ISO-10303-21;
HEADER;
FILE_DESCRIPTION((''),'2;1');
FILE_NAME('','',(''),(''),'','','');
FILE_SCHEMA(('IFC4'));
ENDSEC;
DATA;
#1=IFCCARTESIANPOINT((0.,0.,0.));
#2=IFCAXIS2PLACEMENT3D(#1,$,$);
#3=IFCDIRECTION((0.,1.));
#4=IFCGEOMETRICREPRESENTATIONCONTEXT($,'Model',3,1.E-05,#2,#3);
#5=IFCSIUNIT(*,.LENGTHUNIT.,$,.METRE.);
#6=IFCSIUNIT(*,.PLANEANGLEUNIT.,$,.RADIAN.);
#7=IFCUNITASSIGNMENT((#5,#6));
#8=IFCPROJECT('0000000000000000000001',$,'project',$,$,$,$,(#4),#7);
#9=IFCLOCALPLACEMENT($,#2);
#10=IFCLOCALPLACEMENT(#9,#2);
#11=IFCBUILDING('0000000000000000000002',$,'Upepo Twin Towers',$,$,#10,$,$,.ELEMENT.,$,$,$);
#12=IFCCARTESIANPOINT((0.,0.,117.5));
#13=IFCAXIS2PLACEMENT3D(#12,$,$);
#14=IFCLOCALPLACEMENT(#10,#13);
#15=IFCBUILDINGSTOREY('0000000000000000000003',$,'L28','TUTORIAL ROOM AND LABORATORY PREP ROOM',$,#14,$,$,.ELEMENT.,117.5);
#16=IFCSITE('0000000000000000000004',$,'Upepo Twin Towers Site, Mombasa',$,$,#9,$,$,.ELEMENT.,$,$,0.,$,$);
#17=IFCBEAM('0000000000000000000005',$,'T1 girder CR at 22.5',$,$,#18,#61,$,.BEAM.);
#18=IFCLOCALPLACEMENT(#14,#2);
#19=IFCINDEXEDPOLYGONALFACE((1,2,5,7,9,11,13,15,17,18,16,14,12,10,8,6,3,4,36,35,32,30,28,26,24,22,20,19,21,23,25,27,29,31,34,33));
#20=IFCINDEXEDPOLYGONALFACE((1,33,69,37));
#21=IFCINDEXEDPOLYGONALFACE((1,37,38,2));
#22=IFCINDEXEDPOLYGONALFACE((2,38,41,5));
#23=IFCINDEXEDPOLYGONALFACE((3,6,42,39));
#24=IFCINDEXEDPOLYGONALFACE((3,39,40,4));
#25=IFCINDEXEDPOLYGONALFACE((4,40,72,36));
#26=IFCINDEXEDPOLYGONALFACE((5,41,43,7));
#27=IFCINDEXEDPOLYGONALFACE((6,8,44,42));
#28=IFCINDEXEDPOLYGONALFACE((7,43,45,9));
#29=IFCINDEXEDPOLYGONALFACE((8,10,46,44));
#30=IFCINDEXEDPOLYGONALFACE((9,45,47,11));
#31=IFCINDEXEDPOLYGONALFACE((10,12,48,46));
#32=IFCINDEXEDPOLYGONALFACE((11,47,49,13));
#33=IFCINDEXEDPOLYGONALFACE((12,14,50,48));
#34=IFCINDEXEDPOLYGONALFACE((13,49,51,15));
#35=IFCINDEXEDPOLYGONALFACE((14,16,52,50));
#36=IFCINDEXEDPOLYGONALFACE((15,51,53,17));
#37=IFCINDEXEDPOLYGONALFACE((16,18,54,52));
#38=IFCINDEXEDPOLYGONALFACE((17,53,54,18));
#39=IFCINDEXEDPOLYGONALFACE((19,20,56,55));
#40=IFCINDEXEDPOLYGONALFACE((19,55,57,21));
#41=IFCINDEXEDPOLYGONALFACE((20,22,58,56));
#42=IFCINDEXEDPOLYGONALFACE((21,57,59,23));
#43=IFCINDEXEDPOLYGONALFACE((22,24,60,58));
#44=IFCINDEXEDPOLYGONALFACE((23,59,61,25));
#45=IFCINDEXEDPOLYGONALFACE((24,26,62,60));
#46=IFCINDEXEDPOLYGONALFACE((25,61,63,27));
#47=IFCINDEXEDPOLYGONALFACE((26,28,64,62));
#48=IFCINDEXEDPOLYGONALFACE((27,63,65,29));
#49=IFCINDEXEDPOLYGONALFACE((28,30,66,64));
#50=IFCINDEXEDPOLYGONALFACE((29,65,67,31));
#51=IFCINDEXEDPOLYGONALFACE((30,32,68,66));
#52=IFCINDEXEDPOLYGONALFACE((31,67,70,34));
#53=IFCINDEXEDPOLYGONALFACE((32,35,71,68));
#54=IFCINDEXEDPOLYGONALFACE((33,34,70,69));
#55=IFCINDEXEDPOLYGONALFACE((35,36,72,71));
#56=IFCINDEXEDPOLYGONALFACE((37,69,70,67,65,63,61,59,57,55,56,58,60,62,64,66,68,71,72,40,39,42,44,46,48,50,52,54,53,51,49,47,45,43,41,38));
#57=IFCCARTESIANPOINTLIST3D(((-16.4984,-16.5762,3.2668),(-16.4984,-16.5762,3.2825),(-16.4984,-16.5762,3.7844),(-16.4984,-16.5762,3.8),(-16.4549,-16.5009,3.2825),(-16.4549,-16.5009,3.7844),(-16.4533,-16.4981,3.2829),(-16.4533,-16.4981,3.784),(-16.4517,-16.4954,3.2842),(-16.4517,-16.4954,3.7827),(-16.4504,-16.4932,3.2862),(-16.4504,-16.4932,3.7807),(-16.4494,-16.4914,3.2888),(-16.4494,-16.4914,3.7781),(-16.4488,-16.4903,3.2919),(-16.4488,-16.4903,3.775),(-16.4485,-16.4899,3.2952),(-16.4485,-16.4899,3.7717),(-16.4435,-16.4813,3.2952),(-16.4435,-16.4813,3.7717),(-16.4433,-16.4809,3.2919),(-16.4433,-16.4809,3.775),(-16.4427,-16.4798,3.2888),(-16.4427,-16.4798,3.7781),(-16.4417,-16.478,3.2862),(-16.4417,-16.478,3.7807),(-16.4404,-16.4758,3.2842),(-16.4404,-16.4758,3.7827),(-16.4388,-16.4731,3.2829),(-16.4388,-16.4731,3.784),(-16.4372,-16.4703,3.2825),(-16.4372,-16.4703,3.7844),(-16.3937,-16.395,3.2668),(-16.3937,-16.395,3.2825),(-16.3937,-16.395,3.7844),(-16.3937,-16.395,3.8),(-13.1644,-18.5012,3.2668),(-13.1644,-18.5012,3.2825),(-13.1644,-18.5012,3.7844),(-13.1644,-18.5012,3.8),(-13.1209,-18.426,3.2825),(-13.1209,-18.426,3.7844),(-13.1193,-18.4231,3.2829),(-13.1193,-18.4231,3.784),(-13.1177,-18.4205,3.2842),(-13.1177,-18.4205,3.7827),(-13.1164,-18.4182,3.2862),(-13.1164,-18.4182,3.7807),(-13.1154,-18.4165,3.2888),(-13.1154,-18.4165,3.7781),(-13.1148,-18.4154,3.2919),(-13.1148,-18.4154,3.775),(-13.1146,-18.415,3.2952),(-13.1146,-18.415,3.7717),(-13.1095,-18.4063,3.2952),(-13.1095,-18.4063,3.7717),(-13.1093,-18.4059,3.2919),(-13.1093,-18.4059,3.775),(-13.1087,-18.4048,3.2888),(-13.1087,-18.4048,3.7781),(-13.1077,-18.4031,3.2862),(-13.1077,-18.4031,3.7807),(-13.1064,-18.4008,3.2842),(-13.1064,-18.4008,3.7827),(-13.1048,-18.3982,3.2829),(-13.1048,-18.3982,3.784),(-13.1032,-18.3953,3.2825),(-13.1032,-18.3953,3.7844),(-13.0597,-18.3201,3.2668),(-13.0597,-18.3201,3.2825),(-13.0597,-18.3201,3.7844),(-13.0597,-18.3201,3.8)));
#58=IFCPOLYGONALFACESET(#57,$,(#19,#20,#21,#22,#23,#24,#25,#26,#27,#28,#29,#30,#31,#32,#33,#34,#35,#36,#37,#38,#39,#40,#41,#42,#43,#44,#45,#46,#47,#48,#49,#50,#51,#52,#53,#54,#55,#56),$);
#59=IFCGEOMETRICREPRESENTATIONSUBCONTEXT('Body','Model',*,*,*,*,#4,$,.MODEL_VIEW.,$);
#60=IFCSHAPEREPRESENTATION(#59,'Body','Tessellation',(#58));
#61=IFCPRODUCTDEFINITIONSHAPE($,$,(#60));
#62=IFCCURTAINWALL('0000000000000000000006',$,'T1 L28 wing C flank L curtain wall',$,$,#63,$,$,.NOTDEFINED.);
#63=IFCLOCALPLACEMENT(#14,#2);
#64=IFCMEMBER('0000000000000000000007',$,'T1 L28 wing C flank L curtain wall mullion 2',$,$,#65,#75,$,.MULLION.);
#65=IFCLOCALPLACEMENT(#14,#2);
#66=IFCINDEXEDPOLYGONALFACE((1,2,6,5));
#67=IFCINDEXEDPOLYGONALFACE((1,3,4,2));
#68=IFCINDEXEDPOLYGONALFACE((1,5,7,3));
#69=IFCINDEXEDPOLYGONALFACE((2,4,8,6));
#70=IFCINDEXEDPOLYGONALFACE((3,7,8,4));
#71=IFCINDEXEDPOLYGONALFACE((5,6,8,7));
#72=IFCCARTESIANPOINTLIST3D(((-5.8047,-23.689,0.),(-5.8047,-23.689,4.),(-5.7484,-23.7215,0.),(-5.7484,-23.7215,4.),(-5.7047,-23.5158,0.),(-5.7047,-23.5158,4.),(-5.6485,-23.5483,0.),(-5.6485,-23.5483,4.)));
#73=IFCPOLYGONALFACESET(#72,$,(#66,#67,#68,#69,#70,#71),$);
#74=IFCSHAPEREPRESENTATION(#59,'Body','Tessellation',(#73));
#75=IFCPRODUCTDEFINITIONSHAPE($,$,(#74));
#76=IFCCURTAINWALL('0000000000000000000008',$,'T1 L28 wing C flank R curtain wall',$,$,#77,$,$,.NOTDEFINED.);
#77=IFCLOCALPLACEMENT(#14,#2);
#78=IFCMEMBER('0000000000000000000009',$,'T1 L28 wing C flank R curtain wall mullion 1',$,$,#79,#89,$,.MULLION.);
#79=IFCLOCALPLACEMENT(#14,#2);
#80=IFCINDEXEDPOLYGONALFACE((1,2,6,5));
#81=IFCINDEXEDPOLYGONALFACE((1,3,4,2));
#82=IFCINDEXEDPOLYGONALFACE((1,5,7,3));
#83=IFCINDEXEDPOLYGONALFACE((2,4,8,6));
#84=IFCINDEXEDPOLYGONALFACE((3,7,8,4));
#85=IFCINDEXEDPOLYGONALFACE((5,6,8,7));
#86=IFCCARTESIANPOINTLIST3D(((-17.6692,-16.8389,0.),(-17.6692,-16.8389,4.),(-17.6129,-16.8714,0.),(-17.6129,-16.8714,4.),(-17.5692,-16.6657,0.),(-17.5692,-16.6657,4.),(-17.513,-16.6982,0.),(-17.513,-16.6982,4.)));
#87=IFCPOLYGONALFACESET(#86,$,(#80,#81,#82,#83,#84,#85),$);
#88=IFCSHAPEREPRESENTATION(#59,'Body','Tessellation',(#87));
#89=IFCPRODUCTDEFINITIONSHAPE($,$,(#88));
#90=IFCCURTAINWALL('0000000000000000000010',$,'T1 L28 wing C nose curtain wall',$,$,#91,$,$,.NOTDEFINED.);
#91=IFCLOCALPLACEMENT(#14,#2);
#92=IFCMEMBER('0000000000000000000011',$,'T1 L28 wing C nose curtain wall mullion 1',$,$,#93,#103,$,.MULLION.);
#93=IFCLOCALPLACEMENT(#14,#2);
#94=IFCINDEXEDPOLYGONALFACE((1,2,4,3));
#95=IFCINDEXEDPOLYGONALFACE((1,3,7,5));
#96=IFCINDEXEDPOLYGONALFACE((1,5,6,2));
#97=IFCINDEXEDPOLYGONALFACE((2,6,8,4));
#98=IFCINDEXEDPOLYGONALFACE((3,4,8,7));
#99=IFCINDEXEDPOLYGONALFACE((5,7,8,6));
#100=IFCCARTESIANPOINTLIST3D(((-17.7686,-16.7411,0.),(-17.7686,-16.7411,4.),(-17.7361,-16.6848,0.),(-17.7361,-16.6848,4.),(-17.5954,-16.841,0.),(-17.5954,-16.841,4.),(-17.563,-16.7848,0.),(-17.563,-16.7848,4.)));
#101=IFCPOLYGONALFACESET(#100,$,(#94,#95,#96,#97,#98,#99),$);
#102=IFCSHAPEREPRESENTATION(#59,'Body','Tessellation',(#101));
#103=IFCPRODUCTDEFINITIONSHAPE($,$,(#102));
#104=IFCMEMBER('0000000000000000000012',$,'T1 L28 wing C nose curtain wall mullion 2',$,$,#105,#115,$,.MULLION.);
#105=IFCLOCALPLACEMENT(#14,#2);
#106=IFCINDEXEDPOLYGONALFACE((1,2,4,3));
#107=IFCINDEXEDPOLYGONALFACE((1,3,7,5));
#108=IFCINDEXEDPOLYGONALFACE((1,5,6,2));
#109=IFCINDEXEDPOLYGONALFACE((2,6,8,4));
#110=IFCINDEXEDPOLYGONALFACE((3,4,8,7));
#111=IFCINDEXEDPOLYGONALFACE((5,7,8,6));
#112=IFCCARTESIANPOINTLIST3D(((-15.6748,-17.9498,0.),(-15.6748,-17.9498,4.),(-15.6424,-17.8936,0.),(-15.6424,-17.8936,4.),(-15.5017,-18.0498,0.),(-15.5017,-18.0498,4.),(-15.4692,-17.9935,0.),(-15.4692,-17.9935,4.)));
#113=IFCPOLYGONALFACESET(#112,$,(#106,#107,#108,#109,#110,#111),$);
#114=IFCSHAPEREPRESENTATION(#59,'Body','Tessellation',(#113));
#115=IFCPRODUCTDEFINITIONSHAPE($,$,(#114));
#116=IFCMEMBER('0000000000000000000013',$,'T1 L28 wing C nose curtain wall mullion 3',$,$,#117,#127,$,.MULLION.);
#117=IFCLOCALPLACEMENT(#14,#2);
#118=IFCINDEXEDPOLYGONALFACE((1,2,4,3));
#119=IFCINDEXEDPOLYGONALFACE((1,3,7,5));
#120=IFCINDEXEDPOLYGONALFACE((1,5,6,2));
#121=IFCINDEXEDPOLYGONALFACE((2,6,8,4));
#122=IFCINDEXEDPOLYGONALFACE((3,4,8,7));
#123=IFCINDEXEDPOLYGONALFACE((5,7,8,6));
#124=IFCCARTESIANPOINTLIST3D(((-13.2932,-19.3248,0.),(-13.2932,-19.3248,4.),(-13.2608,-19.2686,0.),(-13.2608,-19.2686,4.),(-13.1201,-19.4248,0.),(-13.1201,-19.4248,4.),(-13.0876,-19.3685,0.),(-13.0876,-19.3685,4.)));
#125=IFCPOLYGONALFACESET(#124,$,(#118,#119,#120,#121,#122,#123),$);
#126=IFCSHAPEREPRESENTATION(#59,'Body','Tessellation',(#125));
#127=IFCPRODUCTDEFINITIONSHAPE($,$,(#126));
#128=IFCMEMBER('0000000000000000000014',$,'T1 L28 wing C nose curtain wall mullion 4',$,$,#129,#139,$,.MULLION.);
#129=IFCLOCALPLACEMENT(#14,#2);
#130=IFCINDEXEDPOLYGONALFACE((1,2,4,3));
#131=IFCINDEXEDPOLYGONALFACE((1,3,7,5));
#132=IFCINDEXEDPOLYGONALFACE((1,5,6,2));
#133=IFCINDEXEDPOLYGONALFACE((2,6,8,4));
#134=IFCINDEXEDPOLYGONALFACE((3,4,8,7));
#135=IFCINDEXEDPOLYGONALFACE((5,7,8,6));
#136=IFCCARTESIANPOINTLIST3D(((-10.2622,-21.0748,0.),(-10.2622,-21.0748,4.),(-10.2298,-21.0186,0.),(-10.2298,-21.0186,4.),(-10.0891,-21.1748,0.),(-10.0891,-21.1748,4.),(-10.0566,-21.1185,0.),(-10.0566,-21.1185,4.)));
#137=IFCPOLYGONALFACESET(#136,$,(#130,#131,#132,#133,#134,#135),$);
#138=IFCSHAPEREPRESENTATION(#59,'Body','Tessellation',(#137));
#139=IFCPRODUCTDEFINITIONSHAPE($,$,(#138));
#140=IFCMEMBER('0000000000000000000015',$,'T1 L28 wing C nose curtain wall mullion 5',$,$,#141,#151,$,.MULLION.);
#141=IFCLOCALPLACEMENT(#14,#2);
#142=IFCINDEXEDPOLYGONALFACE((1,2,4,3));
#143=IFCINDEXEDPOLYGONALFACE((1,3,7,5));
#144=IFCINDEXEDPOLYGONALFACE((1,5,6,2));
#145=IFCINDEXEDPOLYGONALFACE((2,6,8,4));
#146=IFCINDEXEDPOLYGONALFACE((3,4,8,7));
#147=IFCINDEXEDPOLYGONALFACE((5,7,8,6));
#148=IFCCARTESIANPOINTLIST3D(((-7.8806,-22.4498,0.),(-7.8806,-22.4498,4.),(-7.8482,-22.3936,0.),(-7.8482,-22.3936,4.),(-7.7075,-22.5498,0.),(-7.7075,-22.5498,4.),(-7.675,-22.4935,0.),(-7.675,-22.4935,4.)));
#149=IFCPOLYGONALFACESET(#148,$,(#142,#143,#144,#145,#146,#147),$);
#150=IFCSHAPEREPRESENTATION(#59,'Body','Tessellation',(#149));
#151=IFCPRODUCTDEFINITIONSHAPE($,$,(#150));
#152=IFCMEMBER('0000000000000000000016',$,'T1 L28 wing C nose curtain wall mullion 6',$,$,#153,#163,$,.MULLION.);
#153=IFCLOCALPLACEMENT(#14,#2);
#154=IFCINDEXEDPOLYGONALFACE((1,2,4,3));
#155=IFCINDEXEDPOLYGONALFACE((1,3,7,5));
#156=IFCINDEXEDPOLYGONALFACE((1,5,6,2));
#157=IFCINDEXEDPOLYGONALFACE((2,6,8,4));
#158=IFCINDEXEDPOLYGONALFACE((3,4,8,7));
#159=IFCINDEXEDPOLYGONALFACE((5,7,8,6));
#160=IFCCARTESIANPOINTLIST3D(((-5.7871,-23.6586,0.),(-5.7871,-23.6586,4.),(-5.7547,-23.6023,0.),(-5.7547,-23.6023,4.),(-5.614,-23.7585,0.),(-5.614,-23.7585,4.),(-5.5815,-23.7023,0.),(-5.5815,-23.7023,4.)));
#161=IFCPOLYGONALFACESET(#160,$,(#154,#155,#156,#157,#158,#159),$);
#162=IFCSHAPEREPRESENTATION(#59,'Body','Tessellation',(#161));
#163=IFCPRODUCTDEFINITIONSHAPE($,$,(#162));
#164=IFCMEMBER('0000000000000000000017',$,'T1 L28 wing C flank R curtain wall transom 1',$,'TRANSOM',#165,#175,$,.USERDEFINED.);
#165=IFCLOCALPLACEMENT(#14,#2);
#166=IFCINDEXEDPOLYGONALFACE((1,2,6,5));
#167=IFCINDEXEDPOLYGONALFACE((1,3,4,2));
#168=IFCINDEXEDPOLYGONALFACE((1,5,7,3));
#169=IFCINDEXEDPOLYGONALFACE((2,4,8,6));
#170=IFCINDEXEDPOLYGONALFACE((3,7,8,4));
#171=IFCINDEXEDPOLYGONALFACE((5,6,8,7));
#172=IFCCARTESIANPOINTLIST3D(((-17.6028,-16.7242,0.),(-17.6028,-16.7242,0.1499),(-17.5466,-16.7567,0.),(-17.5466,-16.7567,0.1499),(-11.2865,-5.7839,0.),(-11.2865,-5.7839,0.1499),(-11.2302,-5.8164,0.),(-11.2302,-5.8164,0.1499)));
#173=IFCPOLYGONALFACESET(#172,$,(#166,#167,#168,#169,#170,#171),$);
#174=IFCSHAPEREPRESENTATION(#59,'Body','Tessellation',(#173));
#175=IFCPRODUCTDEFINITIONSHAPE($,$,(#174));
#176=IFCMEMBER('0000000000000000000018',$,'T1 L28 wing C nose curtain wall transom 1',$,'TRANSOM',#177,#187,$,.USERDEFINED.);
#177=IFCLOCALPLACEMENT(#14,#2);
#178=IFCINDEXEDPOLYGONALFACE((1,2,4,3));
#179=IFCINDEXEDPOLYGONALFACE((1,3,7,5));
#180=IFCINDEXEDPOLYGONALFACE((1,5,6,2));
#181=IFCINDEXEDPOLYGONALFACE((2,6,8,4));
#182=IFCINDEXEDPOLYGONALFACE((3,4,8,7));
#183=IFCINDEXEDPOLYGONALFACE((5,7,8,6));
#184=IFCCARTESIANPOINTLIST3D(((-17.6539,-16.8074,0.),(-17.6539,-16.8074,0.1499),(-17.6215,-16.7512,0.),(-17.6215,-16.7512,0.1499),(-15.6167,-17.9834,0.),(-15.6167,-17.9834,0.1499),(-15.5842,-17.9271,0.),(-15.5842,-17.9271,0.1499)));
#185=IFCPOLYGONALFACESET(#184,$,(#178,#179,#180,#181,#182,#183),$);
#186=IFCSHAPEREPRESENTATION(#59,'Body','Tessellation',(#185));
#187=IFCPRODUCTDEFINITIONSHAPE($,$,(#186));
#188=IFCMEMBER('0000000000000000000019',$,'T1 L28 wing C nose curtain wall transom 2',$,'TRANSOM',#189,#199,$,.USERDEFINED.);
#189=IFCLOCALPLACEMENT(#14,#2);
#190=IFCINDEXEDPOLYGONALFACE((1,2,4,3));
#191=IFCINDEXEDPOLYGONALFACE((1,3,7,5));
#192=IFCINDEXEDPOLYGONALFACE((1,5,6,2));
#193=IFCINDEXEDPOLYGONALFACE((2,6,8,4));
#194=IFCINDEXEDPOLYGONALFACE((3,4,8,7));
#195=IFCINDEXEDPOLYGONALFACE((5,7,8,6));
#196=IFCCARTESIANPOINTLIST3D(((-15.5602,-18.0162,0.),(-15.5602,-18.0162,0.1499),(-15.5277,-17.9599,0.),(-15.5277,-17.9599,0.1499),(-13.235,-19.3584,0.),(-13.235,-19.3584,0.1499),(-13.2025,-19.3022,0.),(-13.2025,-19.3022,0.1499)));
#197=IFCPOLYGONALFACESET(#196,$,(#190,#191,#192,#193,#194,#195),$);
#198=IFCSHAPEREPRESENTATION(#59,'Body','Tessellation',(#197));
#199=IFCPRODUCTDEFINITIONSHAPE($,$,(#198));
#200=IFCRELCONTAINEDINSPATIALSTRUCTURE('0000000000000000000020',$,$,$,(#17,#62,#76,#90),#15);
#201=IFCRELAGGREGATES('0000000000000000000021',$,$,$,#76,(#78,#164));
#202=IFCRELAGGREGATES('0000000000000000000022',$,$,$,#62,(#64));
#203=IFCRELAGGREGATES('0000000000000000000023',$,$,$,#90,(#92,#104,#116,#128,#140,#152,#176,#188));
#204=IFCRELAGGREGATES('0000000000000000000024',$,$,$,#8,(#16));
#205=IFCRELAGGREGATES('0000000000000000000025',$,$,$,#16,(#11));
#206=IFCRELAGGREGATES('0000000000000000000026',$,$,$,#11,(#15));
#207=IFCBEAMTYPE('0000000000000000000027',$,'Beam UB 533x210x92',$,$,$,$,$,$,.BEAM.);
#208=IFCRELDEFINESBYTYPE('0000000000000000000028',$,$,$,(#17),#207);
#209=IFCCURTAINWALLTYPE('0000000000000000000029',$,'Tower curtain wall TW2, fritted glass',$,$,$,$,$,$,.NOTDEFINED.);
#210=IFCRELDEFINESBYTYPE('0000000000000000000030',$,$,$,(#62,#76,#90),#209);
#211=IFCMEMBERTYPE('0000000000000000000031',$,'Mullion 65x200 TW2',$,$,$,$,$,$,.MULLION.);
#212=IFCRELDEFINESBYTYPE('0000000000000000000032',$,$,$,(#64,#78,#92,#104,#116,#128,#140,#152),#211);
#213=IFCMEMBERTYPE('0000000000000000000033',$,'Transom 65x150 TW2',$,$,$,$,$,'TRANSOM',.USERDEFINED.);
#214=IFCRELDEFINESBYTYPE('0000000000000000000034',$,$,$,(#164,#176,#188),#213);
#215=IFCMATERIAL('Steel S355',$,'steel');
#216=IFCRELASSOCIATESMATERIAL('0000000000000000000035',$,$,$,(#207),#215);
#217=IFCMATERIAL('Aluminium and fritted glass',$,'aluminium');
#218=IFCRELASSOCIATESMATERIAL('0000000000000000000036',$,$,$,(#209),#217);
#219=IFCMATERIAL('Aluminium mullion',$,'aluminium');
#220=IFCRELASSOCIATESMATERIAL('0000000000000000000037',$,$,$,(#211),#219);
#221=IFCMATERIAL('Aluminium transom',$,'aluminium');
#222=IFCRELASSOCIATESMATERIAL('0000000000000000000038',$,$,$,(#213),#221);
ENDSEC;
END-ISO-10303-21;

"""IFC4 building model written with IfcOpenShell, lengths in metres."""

from ifc_helpers import new_model, si_unit, direction, frame, origin, origin_2d, place, context, subcontext, project, spatial, rectangle, i_section, extrude, material, material_profile, profile_set, type_object, element, aggregate, save


model = new_model("IFC4")

# Units and contexts
model_context = context("Model", 3, precision=1e-05, world=origin(), true_north=direction((0.0, 1.0)))
body_context = subcontext(model_context, "Body", "Model", "MODEL_VIEW")
ifc_project = project(units=[si_unit("LENGTHUNIT", "METRE"), si_unit("PLANEANGLEUNIT", "RADIAN")], contexts=[model_context])

# Site, building, storey
site_placement = place(None, origin())
site = spatial("IfcSite", under=ifc_project, at=site_placement, Name="Upepo Twin Towers Site, Mombasa", CompositionType="ELEMENT", RefElevation=0.0)
building_placement = place(site_placement, origin())
building = spatial("IfcBuilding", under=site, at=building_placement, Name="Upepo Twin Towers", CompositionType="ELEMENT")
storey_placement = place(building_placement, frame((0.0, 0.0, 117.5)))
storey = spatial("IfcBuildingStorey", under=building, at=storey_placement, Name="L28", Description="TUTORIAL ROOM AND LABORATORY PREP ROOM", CompositionType="ELEMENT", Elevation=117.5)

# Beam
ifc_material_1 = material(Name="Steel S355", Category="steel")
ifc_material_profile_1 = material_profile(ifc_material_1, i_section(OverallWidth=0.2092, OverallDepth=0.5332, WebThickness=0.01, FlangeThickness=0.0156, FilletRadius=0.0127, at=origin_2d()), Name="UB 533x210x92")
ifc_profile_set_1 = profile_set([ifc_material_profile_1], Name="Steel S355")
beam_type_1 = type_object("IfcBeamType", Name="Beam UB 533x210x92", PredefinedType="BEAM", material=ifc_profile_set_1)
for number, where, z_axis, x_axis, name in (
    (1, (-16.446, -16.4856, 3.5334), (0.866006, -0.500034, 0.0), (0.500034, 0.866006, 0.0), "T1 girder CR at 22.5"),
):
    element("IfcBeam", number, at=place(storey_placement, frame(where, z_axis=z_axis, x_axis=x_axis)), inside=storey, type_object=beam_type_1, Name=name, PredefinedType="BEAM", context=body_context, shape_type="SweptSolid", body=[
        extrude(i_section(OverallWidth=0.2092, OverallDepth=0.5332, WebThickness=0.01, FlangeThickness=0.0156, FilletRadius=0.0127, at=origin_2d()), origin(), (0.0, 0.0, 1.0), 3.8499),
    ])

# Curtain walls, members
ifc_material_2 = material(Name="Aluminium and fritted glass", Category="aluminium")
curtain_wall_type = type_object("IfcCurtainWallType", Name="Tower curtain wall TW2, fritted glass", PredefinedType="NOTDEFINED", material=ifc_material_2)
curtain_wall_1_placement = place(storey_placement, origin())
curtain_wall_1 = element("IfcCurtainWall", 2, at=curtain_wall_1_placement, inside=storey, type_object=curtain_wall_type, Name="T1 L28 wing C flank L curtain wall", PredefinedType="NOTDEFINED")
ifc_material_3 = material(Name="Aluminium mullion", Category="aluminium")
ifc_material_profile_2 = material_profile(ifc_material_3, rectangle(XDim=0.0649, YDim=0.2, at=origin_2d()), Name="MULLION 65x200")
ifc_profile_set_2 = profile_set([ifc_material_profile_2], Name="Aluminium mullion")
member_type_1 = type_object("IfcMemberType", Name="Mullion 65x200 TW2", PredefinedType="MULLION", material=ifc_profile_set_2)
member_1_placement = place(storey_placement, frame((-5.7266, -23.6187, 0.0), z_axis=(0.0, 0.0, 1.0), x_axis=(0.866025, -0.5, 0.0)))
member_1 = element("IfcMember", 3, at=member_1_placement, type_object=member_type_1, Name="T1 L28 wing C flank L curtain wall mullion 2", PredefinedType="MULLION", context=body_context, shape_type="SweptSolid", body=[
    extrude(rectangle(XDim=0.0649, YDim=0.2, at=origin_2d()), origin(), (0.0, 0.0, 1.0), 4.0),
])
curtain_wall_2_placement = place(storey_placement, origin())
curtain_wall_2 = element("IfcCurtainWall", 4, at=curtain_wall_2_placement, inside=storey, type_object=curtain_wall_type, Name="T1 L28 wing C flank R curtain wall", PredefinedType="NOTDEFINED")
member_2_placement = place(storey_placement, frame((-17.5911, -16.7686, 0.0), z_axis=(0.0, 0.0, 1.0), x_axis=(-0.866025, 0.5, 0.0)))
member_2 = element("IfcMember", 5, at=member_2_placement, type_object=member_type_1, Name="T1 L28 wing C flank R curtain wall mullion 1", PredefinedType="MULLION", context=body_context, shape_type="SweptSolid", body=[
    extrude(rectangle(XDim=0.0649, YDim=0.2, at=origin_2d()), origin(), (0.0, 0.0, 1.0), 4.0),
])

# Curtain wall, members
curtain_wall_3_placement = place(storey_placement, origin())
curtain_wall_3 = element("IfcCurtainWall", 6, at=curtain_wall_3_placement, inside=storey, type_object=curtain_wall_type, Name="T1 L28 wing C nose curtain wall", PredefinedType="NOTDEFINED")
member_3_placement = place(storey_placement, frame((-17.6658, -16.7629, 0.0), z_axis=(0.0, 0.0, 1.0), x_axis=(0.5, 0.866025, 0.0)))
member_3 = element("IfcMember", 7, at=member_3_placement, type_object=member_type_1, Name="T1 L28 wing C nose curtain wall mullion 1", PredefinedType="MULLION", context=body_context, shape_type="SweptSolid", body=[
    extrude(rectangle(XDim=0.0649, YDim=0.2, at=origin_2d()), origin(), (0.0, 0.0, 1.0), 4.0),
])
member_4_placement = place(storey_placement, frame((-15.572, -17.9717, 0.0), z_axis=(0.0, 0.0, 1.0), x_axis=(0.5, 0.866025, 0.0)))
member_4 = element("IfcMember", 8, at=member_4_placement, type_object=member_type_1, Name="T1 L28 wing C nose curtain wall mullion 2", PredefinedType="MULLION", context=body_context, shape_type="SweptSolid", body=[
    extrude(rectangle(XDim=0.0649, YDim=0.2, at=origin_2d()), origin(), (0.0, 0.0, 1.0), 4.0),
])
member_5_placement = place(storey_placement, frame((-13.1904, -19.3467, 0.0), z_axis=(0.0, 0.0, 1.0), x_axis=(0.5, 0.866025, 0.0)))
member_5 = element("IfcMember", 9, at=member_5_placement, type_object=member_type_1, Name="T1 L28 wing C nose curtain wall mullion 3", PredefinedType="MULLION", context=body_context, shape_type="SweptSolid", body=[
    extrude(rectangle(XDim=0.0649, YDim=0.2, at=origin_2d()), origin(), (0.0, 0.0, 1.0), 4.0),
])
member_6_placement = place(storey_placement, frame((-10.1594, -21.0967, 0.0), z_axis=(0.0, 0.0, 1.0), x_axis=(0.5, 0.866025, 0.0)))
member_6 = element("IfcMember", 10, at=member_6_placement, type_object=member_type_1, Name="T1 L28 wing C nose curtain wall mullion 4", PredefinedType="MULLION", context=body_context, shape_type="SweptSolid", body=[
    extrude(rectangle(XDim=0.0649, YDim=0.2, at=origin_2d()), origin(), (0.0, 0.0, 1.0), 4.0),
])
member_7_placement = place(storey_placement, frame((-7.7778, -22.4717, 0.0), z_axis=(0.0, 0.0, 1.0), x_axis=(0.5, 0.866025, 0.0)))
member_7 = element("IfcMember", 11, at=member_7_placement, type_object=member_type_1, Name="T1 L28 wing C nose curtain wall mullion 5", PredefinedType="MULLION", context=body_context, shape_type="SweptSolid", body=[
    extrude(rectangle(XDim=0.0649, YDim=0.2, at=origin_2d()), origin(), (0.0, 0.0, 1.0), 4.0),
])
member_8_placement = place(storey_placement, frame((-5.6843, -23.6804, 0.0), z_axis=(0.0, 0.0, 1.0), x_axis=(0.5, 0.866025, 0.0)))
member_8 = element("IfcMember", 12, at=member_8_placement, type_object=member_type_1, Name="T1 L28 wing C nose curtain wall mullion 6", PredefinedType="MULLION", context=body_context, shape_type="SweptSolid", body=[
    extrude(rectangle(XDim=0.0649, YDim=0.2, at=origin_2d()), origin(), (0.0, 0.0, 1.0), 4.0),
])

# Members
ifc_material_4 = material(Name="Aluminium transom", Category="aluminium")
ifc_material_profile_3 = material_profile(ifc_material_4, rectangle(XDim=0.0649, YDim=0.1499, at=origin_2d()), Name="TRANSOM 65x150")
ifc_profile_set_3 = profile_set([ifc_material_profile_3], Name="Aluminium transom")
member_type_2 = type_object("IfcMemberType", Name="Transom 65x150 TW2", ElementType="TRANSOM", PredefinedType="USERDEFINED", material=ifc_profile_set_3)
member_9_placement = place(storey_placement, frame((-17.5747, -16.7405, 0.075), z_axis=(0.499997, 0.866027, 0.0), x_axis=(-0.866027, 0.499997, 0.0)))
member_9 = element("IfcMember", 13, at=member_9_placement, type_object=member_type_2, Name="T1 L28 wing C flank R curtain wall transom 1", ObjectType="TRANSOM", PredefinedType="USERDEFINED", context=body_context, shape_type="SweptSolid", body=[
    extrude(rectangle(XDim=0.0649, YDim=0.1499, at=origin_2d()), origin(), (0.0, 0.0, 1.0), 12.6328),
])
aggregate(curtain_wall_2, [member_2, member_9])
member_10_placement = place(storey_placement, frame((-17.6377, -16.7793, 0.075), z_axis=(0.86607, -0.499923, 0.0), x_axis=(0.499923, 0.86607, 0.0)))
member_10 = element("IfcMember", 14, at=member_10_placement, type_object=member_type_2, Name="T1 L28 wing C nose curtain wall transom 1", ObjectType="TRANSOM", PredefinedType="USERDEFINED", context=body_context, shape_type="SweptSolid", body=[
    extrude(rectangle(XDim=0.0649, YDim=0.1499, at=origin_2d()), origin(), (0.0, 0.0, 1.0), 2.3523),
])
member_11_placement = place(storey_placement, frame((-15.5439, -17.988, 0.075), z_axis=(0.866052, -0.499953, 0.0), x_axis=(0.499953, 0.866052, 0.0)))
member_11 = element("IfcMember", 15, at=member_11_placement, type_object=member_type_2, Name="T1 L28 wing C nose curtain wall transom 2", ObjectType="TRANSOM", PredefinedType="USERDEFINED", context=body_context, shape_type="SweptSolid", body=[
    extrude(rectangle(XDim=0.0649, YDim=0.1499, at=origin_2d()), origin(), (0.0, 0.0, 1.0), 2.6848),
])

aggregate(curtain_wall_1, [member_1])
aggregate(curtain_wall_3, [member_3, member_4, member_5, member_6, member_7, member_8, member_10, member_11])

save(model, "model.ifc")
